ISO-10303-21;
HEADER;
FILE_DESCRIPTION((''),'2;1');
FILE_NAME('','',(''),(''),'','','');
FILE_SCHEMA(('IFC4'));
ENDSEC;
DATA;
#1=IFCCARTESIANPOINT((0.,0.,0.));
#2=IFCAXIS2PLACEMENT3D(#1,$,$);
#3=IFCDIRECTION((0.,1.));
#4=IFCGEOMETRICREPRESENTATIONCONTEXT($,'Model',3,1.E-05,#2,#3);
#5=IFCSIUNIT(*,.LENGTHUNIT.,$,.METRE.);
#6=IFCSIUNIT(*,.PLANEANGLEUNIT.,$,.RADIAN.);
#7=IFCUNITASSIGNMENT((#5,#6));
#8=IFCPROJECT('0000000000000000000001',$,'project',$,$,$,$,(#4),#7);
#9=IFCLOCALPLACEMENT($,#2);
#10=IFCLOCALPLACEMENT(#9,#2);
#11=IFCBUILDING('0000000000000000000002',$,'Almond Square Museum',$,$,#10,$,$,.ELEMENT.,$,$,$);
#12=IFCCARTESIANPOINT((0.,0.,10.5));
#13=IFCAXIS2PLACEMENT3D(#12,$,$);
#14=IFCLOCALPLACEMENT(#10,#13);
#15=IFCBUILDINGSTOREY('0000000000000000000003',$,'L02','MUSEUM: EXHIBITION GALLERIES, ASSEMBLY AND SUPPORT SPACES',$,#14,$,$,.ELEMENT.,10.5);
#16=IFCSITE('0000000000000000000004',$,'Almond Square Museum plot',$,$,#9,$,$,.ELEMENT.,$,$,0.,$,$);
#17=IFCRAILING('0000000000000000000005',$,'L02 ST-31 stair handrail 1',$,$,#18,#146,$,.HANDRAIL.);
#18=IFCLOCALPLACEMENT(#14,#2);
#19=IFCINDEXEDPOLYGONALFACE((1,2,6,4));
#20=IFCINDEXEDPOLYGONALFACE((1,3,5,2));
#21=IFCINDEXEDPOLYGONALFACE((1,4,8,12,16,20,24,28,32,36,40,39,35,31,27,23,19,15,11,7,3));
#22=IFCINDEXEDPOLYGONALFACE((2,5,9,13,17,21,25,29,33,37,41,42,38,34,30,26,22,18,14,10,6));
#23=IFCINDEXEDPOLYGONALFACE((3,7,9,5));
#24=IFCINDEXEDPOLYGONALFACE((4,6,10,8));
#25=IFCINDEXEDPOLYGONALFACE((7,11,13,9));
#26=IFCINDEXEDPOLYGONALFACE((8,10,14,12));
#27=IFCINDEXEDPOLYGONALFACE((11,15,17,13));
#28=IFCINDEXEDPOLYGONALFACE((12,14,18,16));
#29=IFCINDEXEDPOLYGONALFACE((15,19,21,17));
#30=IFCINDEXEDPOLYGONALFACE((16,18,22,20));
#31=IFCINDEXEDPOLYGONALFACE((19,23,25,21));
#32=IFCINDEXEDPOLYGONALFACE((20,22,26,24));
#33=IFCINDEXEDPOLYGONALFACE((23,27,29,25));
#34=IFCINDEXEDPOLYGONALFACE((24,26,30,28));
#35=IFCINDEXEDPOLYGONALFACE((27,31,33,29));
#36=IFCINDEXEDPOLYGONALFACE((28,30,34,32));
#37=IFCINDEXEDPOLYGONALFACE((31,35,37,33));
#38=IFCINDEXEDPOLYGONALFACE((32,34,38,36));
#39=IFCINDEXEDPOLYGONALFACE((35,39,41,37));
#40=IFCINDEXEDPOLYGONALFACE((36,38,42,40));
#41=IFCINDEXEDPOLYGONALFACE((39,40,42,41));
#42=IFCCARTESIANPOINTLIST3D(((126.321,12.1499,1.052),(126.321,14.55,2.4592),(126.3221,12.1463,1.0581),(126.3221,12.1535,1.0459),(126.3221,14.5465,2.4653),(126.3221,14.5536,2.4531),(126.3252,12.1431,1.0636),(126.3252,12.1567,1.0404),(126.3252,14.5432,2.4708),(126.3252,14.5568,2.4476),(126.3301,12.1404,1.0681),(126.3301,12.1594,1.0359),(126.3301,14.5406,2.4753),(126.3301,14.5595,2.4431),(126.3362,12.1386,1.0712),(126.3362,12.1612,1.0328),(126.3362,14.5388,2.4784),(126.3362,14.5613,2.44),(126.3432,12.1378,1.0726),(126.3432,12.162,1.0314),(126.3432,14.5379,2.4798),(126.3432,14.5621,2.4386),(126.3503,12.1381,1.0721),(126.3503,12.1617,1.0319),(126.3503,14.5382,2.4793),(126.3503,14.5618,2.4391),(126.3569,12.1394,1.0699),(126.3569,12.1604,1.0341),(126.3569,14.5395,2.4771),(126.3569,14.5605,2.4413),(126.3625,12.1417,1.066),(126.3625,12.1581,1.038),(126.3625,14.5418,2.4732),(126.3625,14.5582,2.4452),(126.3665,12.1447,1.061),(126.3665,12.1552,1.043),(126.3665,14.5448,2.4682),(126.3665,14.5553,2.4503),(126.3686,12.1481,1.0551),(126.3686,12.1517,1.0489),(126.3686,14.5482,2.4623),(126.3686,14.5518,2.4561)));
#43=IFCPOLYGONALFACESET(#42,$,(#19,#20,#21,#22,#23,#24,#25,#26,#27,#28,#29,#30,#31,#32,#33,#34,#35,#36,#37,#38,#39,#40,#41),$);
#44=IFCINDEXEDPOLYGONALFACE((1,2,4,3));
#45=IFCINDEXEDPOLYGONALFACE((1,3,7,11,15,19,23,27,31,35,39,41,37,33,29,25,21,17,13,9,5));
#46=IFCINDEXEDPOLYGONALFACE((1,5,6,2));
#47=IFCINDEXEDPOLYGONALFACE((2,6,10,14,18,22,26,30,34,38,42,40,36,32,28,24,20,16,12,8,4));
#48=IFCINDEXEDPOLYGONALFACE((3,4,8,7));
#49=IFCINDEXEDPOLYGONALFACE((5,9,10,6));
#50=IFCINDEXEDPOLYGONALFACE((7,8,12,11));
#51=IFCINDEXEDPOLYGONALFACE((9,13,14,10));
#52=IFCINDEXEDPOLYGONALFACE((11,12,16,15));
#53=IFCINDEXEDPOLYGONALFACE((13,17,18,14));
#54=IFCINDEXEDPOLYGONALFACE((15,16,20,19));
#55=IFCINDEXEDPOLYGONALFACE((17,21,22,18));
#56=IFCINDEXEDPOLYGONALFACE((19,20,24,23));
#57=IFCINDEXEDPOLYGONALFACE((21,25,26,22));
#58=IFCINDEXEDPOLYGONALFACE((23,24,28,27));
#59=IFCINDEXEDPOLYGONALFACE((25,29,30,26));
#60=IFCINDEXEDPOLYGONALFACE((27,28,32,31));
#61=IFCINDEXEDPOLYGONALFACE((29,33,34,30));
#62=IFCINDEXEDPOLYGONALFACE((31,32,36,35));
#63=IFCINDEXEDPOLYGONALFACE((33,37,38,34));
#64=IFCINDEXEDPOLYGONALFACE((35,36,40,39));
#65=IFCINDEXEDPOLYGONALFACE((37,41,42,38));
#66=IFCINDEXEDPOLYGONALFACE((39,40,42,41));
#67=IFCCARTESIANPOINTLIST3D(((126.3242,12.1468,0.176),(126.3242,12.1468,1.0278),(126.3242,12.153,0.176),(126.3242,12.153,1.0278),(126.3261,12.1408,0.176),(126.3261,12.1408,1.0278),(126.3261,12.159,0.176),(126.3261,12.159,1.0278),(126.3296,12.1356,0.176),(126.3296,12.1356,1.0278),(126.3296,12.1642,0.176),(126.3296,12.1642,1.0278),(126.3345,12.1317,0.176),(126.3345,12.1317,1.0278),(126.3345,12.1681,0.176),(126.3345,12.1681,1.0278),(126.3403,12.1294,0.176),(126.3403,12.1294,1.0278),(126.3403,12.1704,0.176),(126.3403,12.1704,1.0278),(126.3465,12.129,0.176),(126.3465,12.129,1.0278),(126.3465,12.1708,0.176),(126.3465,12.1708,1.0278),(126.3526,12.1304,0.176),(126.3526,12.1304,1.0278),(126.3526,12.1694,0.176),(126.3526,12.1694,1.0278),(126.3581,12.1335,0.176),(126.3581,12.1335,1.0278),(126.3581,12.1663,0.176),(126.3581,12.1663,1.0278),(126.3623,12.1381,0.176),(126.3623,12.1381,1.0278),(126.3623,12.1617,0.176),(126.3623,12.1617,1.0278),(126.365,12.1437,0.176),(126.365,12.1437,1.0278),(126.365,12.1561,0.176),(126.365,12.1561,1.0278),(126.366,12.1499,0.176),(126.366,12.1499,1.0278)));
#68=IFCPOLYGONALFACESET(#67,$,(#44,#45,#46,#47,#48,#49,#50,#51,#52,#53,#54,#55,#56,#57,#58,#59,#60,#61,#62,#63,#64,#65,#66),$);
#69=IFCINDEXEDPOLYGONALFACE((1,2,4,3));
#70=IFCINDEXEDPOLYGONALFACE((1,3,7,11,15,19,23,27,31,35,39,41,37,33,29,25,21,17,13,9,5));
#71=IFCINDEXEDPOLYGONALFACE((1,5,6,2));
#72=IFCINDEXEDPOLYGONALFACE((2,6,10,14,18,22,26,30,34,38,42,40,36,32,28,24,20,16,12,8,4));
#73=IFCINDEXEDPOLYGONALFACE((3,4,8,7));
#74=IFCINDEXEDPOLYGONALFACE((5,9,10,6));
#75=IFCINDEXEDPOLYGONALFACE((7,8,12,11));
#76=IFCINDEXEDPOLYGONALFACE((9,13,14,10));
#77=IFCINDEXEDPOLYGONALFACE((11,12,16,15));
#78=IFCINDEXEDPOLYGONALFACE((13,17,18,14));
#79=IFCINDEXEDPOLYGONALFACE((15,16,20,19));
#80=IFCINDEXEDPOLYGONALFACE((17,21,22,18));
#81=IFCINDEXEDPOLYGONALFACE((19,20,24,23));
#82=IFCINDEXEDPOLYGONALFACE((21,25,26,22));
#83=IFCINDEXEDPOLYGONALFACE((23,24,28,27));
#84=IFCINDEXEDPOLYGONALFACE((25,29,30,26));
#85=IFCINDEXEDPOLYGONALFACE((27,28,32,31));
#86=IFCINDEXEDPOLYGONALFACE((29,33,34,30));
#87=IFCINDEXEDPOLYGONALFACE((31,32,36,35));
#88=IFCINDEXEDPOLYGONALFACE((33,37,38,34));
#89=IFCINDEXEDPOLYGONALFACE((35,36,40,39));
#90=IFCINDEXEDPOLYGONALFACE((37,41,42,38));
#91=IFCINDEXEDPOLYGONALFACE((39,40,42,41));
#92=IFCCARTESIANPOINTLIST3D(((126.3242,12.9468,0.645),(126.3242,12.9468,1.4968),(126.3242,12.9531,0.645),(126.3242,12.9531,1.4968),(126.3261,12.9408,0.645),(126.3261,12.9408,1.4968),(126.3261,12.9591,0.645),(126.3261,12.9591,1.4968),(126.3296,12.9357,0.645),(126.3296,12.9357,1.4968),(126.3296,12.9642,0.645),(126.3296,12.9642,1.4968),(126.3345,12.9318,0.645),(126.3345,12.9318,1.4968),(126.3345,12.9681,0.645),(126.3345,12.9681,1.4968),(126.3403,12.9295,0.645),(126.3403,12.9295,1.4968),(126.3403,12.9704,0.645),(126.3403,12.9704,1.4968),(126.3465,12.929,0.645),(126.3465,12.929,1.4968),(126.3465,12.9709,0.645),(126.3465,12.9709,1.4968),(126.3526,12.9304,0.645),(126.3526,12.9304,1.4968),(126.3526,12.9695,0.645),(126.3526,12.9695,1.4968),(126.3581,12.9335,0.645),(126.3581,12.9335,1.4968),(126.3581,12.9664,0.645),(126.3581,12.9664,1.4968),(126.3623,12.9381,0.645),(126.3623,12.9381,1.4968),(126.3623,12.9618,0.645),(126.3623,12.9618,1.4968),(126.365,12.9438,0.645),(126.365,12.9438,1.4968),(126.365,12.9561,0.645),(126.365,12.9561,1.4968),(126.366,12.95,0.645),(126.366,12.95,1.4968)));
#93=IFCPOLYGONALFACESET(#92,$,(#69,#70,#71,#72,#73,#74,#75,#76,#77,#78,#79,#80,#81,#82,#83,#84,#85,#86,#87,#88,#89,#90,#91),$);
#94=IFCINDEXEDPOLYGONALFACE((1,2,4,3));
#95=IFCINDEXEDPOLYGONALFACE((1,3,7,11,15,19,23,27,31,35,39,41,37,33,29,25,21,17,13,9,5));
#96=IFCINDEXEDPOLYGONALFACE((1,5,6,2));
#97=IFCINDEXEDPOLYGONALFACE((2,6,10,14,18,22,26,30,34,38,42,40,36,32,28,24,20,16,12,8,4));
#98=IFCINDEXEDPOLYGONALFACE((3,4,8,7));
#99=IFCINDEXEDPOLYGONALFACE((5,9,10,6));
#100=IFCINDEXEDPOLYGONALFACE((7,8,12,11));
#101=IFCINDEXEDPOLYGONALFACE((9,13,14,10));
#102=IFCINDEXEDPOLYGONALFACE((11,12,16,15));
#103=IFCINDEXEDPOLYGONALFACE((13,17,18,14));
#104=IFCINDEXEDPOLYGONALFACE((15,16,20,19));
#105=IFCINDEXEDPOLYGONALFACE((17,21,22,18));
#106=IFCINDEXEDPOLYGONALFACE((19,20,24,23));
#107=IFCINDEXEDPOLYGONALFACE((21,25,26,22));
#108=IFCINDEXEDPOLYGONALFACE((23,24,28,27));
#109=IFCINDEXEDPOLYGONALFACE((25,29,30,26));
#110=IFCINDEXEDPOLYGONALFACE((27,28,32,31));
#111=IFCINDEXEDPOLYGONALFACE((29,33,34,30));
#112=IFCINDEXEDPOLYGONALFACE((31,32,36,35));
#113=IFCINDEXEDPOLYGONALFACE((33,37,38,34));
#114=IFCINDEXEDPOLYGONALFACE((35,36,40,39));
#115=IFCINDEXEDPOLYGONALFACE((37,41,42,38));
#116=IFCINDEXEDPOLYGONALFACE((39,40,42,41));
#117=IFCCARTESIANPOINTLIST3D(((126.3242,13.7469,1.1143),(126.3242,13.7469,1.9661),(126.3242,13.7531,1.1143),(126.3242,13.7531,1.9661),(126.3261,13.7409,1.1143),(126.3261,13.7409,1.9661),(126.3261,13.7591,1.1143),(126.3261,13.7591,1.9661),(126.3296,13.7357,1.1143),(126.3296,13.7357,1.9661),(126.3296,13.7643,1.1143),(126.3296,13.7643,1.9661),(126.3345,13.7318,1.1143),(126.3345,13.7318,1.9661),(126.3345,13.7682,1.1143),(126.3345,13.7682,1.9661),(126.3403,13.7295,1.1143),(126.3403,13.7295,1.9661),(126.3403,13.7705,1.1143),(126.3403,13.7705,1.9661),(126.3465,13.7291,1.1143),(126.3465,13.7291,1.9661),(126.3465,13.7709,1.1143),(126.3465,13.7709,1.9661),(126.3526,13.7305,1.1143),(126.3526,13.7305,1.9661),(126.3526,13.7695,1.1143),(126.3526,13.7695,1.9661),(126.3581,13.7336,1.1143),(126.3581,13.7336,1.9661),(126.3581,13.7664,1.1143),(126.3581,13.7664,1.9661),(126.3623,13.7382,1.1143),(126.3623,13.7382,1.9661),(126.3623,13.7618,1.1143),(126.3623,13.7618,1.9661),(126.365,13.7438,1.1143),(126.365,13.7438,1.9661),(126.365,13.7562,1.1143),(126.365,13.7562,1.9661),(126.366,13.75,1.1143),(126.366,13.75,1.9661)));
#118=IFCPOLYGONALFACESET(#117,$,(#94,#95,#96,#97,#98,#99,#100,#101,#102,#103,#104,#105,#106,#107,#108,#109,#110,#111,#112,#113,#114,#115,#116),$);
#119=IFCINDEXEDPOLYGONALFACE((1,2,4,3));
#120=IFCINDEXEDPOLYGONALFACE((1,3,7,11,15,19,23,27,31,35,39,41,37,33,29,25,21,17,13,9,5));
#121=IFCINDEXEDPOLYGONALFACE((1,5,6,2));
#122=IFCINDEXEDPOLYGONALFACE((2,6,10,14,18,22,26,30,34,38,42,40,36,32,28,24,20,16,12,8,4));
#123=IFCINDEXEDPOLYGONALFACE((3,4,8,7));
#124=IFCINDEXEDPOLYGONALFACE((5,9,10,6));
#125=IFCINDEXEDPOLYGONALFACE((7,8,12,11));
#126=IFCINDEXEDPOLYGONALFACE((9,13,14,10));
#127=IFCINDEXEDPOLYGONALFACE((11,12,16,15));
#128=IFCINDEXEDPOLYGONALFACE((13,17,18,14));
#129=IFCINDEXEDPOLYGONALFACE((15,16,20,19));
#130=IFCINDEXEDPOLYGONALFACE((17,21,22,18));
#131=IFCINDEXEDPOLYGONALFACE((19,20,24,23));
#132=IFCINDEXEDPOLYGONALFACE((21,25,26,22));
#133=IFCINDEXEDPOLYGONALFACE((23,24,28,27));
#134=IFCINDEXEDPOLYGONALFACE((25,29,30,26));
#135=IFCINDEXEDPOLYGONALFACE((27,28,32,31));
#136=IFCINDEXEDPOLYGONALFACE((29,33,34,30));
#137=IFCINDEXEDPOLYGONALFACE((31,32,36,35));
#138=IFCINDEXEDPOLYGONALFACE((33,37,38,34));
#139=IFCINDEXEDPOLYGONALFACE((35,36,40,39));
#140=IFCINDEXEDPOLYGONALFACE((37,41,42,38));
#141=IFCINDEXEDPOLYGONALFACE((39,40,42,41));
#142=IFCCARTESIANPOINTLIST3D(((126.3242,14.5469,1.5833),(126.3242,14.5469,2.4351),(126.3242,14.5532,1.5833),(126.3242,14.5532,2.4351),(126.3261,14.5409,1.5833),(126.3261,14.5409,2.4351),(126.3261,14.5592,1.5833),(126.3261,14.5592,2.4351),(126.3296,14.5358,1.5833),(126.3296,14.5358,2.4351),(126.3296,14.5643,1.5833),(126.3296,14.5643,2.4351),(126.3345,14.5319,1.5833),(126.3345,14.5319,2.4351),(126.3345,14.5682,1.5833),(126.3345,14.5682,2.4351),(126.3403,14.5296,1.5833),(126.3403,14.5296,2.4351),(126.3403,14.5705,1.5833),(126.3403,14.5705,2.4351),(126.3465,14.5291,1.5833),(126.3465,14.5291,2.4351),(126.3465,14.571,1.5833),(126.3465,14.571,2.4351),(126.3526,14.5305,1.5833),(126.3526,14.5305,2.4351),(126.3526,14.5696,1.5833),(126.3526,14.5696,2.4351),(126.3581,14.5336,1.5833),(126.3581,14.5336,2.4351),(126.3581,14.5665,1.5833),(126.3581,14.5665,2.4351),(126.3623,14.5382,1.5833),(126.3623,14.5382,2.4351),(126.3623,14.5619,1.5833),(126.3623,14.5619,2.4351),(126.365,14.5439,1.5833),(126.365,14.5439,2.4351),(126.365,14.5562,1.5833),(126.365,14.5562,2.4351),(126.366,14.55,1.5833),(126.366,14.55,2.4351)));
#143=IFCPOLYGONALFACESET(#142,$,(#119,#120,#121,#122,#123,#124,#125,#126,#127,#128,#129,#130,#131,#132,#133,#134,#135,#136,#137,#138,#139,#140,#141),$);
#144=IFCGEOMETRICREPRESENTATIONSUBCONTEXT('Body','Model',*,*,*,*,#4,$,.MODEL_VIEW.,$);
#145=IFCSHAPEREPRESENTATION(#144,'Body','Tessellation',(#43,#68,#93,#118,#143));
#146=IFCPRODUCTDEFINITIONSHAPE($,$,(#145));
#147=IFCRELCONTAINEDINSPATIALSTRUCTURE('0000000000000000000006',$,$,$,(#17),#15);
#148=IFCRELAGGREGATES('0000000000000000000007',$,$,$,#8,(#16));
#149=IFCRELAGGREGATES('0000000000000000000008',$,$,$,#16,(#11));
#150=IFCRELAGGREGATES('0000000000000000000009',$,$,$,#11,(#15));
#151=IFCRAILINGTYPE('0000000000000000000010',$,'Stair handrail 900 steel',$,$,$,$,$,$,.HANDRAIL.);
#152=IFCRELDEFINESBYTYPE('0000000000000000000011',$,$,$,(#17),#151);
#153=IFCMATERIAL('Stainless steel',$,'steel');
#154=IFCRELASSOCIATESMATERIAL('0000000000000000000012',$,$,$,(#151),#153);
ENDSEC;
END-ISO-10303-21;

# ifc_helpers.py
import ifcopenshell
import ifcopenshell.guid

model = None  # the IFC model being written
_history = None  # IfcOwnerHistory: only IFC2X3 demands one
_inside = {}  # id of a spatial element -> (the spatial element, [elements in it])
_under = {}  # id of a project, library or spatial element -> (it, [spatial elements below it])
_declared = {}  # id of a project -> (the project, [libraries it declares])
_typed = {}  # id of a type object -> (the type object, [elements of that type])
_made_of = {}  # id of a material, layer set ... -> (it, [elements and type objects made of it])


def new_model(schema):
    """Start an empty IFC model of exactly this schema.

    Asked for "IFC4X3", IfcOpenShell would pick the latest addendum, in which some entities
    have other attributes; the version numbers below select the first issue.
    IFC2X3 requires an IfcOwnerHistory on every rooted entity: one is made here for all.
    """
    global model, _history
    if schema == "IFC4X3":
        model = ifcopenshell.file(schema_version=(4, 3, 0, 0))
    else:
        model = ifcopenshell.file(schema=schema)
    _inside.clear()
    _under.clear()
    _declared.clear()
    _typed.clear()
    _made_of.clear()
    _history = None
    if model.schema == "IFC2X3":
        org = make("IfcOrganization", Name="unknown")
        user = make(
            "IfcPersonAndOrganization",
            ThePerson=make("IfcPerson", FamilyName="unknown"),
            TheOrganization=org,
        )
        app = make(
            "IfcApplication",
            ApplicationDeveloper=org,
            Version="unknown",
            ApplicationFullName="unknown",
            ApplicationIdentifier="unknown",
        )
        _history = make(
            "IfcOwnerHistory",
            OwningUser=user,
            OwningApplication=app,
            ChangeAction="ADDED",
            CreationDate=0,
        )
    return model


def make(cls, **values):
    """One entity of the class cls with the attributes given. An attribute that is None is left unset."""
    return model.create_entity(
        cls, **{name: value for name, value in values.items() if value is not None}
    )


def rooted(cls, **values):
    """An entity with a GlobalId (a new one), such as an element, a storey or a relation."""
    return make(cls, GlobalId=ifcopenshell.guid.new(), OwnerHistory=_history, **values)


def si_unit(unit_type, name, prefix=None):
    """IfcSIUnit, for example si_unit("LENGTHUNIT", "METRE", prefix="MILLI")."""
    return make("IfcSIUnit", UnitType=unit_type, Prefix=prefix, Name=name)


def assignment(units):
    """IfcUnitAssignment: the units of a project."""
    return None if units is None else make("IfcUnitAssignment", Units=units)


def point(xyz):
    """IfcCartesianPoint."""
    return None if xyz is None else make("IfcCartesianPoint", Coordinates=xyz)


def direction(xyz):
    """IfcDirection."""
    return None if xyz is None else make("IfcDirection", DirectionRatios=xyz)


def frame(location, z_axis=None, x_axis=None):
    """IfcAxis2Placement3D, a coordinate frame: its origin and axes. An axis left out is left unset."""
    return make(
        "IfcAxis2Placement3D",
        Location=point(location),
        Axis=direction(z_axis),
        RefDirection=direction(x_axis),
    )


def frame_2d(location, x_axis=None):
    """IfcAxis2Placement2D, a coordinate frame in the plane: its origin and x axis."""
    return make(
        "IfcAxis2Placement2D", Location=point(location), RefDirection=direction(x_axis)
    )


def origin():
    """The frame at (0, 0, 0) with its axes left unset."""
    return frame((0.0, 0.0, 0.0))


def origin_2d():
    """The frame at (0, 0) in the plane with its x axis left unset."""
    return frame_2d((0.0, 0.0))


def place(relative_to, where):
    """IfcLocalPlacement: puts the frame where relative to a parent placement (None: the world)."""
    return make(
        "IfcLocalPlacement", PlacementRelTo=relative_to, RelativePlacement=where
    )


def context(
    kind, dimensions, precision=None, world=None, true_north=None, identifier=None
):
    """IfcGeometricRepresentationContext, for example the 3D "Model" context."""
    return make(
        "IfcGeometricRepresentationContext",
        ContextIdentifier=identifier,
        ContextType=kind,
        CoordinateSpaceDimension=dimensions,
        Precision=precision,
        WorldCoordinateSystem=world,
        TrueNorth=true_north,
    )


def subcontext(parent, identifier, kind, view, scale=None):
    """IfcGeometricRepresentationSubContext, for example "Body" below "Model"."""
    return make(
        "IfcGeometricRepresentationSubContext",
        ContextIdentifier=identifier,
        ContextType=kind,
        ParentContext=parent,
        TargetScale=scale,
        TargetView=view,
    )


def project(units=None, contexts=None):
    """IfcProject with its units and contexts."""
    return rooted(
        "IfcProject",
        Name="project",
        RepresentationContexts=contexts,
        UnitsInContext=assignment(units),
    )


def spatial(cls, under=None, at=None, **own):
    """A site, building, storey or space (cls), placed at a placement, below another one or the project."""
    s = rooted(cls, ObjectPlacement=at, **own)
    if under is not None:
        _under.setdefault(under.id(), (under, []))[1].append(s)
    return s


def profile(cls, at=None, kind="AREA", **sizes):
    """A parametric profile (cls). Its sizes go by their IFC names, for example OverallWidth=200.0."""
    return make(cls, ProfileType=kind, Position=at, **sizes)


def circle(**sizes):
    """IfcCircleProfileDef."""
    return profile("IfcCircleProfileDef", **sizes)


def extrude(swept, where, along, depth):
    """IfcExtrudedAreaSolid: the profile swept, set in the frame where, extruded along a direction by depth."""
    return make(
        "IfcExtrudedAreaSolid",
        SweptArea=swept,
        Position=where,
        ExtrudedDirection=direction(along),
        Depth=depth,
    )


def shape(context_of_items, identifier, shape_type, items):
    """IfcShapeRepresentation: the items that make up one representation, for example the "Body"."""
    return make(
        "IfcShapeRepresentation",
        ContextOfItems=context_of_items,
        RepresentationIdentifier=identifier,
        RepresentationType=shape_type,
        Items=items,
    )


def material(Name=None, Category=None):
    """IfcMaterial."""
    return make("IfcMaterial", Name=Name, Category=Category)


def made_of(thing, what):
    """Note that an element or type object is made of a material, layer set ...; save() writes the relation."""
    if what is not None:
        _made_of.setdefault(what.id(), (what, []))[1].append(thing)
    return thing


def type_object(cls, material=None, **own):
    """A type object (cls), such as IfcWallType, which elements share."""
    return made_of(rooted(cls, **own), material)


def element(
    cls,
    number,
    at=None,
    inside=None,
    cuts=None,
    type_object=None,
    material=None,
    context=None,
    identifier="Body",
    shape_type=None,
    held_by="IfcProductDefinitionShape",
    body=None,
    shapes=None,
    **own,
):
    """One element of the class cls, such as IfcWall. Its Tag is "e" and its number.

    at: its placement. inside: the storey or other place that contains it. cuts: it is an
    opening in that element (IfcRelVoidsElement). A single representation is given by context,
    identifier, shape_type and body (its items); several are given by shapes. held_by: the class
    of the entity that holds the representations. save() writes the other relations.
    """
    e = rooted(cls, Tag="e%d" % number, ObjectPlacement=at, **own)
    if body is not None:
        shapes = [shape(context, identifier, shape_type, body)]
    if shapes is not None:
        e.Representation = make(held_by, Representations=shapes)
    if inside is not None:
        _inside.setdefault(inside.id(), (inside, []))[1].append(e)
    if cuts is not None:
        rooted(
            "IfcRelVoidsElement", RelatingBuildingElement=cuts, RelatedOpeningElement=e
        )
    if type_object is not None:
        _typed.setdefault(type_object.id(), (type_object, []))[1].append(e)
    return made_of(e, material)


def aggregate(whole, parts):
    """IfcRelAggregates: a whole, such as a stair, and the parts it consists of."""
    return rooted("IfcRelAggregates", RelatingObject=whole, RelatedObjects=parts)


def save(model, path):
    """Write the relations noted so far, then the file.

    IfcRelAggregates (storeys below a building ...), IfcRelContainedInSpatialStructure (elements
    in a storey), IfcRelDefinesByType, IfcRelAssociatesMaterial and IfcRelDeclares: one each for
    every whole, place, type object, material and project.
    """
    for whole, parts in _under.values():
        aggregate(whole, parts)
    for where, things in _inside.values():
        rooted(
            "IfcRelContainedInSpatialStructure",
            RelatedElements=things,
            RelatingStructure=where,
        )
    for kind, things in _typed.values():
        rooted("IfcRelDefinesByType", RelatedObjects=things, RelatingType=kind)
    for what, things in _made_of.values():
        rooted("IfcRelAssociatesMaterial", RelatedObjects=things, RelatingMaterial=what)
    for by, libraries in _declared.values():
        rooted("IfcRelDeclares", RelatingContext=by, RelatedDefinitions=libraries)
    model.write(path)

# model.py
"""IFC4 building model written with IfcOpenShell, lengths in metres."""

from ifc_helpers import new_model, si_unit, direction, frame, origin, origin_2d, place, context, subcontext, project, spatial, circle, extrude, material, type_object, element, save


model = new_model("IFC4")

# Units and contexts
model_context = context("Model", 3, precision=1e-05, world=origin(), true_north=direction((0.0, 1.0)))
body_context = subcontext(model_context, "Body", "Model", "MODEL_VIEW")
ifc_project = project(units=[si_unit("LENGTHUNIT", "METRE"), si_unit("PLANEANGLEUNIT", "RADIAN")], contexts=[model_context])

# Site, building, storey
site_placement = place(None, origin())
site = spatial("IfcSite", under=ifc_project, at=site_placement, Name="Almond Square Museum plot", CompositionType="ELEMENT", RefElevation=0.0)
building_placement = place(site_placement, origin())
building = spatial("IfcBuilding", under=site, at=building_placement, Name="Almond Square Museum", CompositionType="ELEMENT")
storey_placement = place(building_placement, frame((0.0, 0.0, 10.5)))
storey = spatial("IfcBuildingStorey", under=building, at=storey_placement, Name="L02", Description="MUSEUM: EXHIBITION GALLERIES, ASSEMBLY AND SUPPORT SPACES", CompositionType="ELEMENT", Elevation=10.5)

# Railing
ifc_material_1 = material(Name="Stainless steel", Category="steel")
railing_type_1 = type_object("IfcRailingType", Name="Stair handrail 900 steel", PredefinedType="HANDRAIL", material=ifc_material_1)
railing_1_placement = place(storey_placement, frame((126.345, 12.1499, 0.176)))
element("IfcRailing", 1, at=railing_1_placement, inside=storey, type_object=railing_type_1, Name="L02 ST-31 stair handrail 1", PredefinedType="HANDRAIL", context=body_context, shape_type="SweptSolid", body=[
    extrude(circle(Radius=0.0239, at=origin_2d()), frame((0.0, 0.0, 0.876), z_axis=(0.0, 0.86266, 0.505785), x_axis=(-1.0, 0.0, 0.0)), (0.0, 0.0, 1.0), 2.7822),
    extrude(circle(Radius=0.021, at=origin_2d()), origin(), (0.0, 0.0, 1.0), 0.8518),
    extrude(circle(Radius=0.021, at=origin_2d()), frame((0.0, 0.8, 0.469)), (0.0, 0.0, 1.0), 0.8518),
    extrude(circle(Radius=0.021, at=origin_2d()), frame((0.0, 1.6001, 0.9382)), (0.0, 0.0, 1.0), 0.8518),
    extrude(circle(Radius=0.021, at=origin_2d()), frame((0.0, 2.4001, 1.4072)), (0.0, 0.0, 1.0), 0.8518),
])

save(model, "model.ifc")
